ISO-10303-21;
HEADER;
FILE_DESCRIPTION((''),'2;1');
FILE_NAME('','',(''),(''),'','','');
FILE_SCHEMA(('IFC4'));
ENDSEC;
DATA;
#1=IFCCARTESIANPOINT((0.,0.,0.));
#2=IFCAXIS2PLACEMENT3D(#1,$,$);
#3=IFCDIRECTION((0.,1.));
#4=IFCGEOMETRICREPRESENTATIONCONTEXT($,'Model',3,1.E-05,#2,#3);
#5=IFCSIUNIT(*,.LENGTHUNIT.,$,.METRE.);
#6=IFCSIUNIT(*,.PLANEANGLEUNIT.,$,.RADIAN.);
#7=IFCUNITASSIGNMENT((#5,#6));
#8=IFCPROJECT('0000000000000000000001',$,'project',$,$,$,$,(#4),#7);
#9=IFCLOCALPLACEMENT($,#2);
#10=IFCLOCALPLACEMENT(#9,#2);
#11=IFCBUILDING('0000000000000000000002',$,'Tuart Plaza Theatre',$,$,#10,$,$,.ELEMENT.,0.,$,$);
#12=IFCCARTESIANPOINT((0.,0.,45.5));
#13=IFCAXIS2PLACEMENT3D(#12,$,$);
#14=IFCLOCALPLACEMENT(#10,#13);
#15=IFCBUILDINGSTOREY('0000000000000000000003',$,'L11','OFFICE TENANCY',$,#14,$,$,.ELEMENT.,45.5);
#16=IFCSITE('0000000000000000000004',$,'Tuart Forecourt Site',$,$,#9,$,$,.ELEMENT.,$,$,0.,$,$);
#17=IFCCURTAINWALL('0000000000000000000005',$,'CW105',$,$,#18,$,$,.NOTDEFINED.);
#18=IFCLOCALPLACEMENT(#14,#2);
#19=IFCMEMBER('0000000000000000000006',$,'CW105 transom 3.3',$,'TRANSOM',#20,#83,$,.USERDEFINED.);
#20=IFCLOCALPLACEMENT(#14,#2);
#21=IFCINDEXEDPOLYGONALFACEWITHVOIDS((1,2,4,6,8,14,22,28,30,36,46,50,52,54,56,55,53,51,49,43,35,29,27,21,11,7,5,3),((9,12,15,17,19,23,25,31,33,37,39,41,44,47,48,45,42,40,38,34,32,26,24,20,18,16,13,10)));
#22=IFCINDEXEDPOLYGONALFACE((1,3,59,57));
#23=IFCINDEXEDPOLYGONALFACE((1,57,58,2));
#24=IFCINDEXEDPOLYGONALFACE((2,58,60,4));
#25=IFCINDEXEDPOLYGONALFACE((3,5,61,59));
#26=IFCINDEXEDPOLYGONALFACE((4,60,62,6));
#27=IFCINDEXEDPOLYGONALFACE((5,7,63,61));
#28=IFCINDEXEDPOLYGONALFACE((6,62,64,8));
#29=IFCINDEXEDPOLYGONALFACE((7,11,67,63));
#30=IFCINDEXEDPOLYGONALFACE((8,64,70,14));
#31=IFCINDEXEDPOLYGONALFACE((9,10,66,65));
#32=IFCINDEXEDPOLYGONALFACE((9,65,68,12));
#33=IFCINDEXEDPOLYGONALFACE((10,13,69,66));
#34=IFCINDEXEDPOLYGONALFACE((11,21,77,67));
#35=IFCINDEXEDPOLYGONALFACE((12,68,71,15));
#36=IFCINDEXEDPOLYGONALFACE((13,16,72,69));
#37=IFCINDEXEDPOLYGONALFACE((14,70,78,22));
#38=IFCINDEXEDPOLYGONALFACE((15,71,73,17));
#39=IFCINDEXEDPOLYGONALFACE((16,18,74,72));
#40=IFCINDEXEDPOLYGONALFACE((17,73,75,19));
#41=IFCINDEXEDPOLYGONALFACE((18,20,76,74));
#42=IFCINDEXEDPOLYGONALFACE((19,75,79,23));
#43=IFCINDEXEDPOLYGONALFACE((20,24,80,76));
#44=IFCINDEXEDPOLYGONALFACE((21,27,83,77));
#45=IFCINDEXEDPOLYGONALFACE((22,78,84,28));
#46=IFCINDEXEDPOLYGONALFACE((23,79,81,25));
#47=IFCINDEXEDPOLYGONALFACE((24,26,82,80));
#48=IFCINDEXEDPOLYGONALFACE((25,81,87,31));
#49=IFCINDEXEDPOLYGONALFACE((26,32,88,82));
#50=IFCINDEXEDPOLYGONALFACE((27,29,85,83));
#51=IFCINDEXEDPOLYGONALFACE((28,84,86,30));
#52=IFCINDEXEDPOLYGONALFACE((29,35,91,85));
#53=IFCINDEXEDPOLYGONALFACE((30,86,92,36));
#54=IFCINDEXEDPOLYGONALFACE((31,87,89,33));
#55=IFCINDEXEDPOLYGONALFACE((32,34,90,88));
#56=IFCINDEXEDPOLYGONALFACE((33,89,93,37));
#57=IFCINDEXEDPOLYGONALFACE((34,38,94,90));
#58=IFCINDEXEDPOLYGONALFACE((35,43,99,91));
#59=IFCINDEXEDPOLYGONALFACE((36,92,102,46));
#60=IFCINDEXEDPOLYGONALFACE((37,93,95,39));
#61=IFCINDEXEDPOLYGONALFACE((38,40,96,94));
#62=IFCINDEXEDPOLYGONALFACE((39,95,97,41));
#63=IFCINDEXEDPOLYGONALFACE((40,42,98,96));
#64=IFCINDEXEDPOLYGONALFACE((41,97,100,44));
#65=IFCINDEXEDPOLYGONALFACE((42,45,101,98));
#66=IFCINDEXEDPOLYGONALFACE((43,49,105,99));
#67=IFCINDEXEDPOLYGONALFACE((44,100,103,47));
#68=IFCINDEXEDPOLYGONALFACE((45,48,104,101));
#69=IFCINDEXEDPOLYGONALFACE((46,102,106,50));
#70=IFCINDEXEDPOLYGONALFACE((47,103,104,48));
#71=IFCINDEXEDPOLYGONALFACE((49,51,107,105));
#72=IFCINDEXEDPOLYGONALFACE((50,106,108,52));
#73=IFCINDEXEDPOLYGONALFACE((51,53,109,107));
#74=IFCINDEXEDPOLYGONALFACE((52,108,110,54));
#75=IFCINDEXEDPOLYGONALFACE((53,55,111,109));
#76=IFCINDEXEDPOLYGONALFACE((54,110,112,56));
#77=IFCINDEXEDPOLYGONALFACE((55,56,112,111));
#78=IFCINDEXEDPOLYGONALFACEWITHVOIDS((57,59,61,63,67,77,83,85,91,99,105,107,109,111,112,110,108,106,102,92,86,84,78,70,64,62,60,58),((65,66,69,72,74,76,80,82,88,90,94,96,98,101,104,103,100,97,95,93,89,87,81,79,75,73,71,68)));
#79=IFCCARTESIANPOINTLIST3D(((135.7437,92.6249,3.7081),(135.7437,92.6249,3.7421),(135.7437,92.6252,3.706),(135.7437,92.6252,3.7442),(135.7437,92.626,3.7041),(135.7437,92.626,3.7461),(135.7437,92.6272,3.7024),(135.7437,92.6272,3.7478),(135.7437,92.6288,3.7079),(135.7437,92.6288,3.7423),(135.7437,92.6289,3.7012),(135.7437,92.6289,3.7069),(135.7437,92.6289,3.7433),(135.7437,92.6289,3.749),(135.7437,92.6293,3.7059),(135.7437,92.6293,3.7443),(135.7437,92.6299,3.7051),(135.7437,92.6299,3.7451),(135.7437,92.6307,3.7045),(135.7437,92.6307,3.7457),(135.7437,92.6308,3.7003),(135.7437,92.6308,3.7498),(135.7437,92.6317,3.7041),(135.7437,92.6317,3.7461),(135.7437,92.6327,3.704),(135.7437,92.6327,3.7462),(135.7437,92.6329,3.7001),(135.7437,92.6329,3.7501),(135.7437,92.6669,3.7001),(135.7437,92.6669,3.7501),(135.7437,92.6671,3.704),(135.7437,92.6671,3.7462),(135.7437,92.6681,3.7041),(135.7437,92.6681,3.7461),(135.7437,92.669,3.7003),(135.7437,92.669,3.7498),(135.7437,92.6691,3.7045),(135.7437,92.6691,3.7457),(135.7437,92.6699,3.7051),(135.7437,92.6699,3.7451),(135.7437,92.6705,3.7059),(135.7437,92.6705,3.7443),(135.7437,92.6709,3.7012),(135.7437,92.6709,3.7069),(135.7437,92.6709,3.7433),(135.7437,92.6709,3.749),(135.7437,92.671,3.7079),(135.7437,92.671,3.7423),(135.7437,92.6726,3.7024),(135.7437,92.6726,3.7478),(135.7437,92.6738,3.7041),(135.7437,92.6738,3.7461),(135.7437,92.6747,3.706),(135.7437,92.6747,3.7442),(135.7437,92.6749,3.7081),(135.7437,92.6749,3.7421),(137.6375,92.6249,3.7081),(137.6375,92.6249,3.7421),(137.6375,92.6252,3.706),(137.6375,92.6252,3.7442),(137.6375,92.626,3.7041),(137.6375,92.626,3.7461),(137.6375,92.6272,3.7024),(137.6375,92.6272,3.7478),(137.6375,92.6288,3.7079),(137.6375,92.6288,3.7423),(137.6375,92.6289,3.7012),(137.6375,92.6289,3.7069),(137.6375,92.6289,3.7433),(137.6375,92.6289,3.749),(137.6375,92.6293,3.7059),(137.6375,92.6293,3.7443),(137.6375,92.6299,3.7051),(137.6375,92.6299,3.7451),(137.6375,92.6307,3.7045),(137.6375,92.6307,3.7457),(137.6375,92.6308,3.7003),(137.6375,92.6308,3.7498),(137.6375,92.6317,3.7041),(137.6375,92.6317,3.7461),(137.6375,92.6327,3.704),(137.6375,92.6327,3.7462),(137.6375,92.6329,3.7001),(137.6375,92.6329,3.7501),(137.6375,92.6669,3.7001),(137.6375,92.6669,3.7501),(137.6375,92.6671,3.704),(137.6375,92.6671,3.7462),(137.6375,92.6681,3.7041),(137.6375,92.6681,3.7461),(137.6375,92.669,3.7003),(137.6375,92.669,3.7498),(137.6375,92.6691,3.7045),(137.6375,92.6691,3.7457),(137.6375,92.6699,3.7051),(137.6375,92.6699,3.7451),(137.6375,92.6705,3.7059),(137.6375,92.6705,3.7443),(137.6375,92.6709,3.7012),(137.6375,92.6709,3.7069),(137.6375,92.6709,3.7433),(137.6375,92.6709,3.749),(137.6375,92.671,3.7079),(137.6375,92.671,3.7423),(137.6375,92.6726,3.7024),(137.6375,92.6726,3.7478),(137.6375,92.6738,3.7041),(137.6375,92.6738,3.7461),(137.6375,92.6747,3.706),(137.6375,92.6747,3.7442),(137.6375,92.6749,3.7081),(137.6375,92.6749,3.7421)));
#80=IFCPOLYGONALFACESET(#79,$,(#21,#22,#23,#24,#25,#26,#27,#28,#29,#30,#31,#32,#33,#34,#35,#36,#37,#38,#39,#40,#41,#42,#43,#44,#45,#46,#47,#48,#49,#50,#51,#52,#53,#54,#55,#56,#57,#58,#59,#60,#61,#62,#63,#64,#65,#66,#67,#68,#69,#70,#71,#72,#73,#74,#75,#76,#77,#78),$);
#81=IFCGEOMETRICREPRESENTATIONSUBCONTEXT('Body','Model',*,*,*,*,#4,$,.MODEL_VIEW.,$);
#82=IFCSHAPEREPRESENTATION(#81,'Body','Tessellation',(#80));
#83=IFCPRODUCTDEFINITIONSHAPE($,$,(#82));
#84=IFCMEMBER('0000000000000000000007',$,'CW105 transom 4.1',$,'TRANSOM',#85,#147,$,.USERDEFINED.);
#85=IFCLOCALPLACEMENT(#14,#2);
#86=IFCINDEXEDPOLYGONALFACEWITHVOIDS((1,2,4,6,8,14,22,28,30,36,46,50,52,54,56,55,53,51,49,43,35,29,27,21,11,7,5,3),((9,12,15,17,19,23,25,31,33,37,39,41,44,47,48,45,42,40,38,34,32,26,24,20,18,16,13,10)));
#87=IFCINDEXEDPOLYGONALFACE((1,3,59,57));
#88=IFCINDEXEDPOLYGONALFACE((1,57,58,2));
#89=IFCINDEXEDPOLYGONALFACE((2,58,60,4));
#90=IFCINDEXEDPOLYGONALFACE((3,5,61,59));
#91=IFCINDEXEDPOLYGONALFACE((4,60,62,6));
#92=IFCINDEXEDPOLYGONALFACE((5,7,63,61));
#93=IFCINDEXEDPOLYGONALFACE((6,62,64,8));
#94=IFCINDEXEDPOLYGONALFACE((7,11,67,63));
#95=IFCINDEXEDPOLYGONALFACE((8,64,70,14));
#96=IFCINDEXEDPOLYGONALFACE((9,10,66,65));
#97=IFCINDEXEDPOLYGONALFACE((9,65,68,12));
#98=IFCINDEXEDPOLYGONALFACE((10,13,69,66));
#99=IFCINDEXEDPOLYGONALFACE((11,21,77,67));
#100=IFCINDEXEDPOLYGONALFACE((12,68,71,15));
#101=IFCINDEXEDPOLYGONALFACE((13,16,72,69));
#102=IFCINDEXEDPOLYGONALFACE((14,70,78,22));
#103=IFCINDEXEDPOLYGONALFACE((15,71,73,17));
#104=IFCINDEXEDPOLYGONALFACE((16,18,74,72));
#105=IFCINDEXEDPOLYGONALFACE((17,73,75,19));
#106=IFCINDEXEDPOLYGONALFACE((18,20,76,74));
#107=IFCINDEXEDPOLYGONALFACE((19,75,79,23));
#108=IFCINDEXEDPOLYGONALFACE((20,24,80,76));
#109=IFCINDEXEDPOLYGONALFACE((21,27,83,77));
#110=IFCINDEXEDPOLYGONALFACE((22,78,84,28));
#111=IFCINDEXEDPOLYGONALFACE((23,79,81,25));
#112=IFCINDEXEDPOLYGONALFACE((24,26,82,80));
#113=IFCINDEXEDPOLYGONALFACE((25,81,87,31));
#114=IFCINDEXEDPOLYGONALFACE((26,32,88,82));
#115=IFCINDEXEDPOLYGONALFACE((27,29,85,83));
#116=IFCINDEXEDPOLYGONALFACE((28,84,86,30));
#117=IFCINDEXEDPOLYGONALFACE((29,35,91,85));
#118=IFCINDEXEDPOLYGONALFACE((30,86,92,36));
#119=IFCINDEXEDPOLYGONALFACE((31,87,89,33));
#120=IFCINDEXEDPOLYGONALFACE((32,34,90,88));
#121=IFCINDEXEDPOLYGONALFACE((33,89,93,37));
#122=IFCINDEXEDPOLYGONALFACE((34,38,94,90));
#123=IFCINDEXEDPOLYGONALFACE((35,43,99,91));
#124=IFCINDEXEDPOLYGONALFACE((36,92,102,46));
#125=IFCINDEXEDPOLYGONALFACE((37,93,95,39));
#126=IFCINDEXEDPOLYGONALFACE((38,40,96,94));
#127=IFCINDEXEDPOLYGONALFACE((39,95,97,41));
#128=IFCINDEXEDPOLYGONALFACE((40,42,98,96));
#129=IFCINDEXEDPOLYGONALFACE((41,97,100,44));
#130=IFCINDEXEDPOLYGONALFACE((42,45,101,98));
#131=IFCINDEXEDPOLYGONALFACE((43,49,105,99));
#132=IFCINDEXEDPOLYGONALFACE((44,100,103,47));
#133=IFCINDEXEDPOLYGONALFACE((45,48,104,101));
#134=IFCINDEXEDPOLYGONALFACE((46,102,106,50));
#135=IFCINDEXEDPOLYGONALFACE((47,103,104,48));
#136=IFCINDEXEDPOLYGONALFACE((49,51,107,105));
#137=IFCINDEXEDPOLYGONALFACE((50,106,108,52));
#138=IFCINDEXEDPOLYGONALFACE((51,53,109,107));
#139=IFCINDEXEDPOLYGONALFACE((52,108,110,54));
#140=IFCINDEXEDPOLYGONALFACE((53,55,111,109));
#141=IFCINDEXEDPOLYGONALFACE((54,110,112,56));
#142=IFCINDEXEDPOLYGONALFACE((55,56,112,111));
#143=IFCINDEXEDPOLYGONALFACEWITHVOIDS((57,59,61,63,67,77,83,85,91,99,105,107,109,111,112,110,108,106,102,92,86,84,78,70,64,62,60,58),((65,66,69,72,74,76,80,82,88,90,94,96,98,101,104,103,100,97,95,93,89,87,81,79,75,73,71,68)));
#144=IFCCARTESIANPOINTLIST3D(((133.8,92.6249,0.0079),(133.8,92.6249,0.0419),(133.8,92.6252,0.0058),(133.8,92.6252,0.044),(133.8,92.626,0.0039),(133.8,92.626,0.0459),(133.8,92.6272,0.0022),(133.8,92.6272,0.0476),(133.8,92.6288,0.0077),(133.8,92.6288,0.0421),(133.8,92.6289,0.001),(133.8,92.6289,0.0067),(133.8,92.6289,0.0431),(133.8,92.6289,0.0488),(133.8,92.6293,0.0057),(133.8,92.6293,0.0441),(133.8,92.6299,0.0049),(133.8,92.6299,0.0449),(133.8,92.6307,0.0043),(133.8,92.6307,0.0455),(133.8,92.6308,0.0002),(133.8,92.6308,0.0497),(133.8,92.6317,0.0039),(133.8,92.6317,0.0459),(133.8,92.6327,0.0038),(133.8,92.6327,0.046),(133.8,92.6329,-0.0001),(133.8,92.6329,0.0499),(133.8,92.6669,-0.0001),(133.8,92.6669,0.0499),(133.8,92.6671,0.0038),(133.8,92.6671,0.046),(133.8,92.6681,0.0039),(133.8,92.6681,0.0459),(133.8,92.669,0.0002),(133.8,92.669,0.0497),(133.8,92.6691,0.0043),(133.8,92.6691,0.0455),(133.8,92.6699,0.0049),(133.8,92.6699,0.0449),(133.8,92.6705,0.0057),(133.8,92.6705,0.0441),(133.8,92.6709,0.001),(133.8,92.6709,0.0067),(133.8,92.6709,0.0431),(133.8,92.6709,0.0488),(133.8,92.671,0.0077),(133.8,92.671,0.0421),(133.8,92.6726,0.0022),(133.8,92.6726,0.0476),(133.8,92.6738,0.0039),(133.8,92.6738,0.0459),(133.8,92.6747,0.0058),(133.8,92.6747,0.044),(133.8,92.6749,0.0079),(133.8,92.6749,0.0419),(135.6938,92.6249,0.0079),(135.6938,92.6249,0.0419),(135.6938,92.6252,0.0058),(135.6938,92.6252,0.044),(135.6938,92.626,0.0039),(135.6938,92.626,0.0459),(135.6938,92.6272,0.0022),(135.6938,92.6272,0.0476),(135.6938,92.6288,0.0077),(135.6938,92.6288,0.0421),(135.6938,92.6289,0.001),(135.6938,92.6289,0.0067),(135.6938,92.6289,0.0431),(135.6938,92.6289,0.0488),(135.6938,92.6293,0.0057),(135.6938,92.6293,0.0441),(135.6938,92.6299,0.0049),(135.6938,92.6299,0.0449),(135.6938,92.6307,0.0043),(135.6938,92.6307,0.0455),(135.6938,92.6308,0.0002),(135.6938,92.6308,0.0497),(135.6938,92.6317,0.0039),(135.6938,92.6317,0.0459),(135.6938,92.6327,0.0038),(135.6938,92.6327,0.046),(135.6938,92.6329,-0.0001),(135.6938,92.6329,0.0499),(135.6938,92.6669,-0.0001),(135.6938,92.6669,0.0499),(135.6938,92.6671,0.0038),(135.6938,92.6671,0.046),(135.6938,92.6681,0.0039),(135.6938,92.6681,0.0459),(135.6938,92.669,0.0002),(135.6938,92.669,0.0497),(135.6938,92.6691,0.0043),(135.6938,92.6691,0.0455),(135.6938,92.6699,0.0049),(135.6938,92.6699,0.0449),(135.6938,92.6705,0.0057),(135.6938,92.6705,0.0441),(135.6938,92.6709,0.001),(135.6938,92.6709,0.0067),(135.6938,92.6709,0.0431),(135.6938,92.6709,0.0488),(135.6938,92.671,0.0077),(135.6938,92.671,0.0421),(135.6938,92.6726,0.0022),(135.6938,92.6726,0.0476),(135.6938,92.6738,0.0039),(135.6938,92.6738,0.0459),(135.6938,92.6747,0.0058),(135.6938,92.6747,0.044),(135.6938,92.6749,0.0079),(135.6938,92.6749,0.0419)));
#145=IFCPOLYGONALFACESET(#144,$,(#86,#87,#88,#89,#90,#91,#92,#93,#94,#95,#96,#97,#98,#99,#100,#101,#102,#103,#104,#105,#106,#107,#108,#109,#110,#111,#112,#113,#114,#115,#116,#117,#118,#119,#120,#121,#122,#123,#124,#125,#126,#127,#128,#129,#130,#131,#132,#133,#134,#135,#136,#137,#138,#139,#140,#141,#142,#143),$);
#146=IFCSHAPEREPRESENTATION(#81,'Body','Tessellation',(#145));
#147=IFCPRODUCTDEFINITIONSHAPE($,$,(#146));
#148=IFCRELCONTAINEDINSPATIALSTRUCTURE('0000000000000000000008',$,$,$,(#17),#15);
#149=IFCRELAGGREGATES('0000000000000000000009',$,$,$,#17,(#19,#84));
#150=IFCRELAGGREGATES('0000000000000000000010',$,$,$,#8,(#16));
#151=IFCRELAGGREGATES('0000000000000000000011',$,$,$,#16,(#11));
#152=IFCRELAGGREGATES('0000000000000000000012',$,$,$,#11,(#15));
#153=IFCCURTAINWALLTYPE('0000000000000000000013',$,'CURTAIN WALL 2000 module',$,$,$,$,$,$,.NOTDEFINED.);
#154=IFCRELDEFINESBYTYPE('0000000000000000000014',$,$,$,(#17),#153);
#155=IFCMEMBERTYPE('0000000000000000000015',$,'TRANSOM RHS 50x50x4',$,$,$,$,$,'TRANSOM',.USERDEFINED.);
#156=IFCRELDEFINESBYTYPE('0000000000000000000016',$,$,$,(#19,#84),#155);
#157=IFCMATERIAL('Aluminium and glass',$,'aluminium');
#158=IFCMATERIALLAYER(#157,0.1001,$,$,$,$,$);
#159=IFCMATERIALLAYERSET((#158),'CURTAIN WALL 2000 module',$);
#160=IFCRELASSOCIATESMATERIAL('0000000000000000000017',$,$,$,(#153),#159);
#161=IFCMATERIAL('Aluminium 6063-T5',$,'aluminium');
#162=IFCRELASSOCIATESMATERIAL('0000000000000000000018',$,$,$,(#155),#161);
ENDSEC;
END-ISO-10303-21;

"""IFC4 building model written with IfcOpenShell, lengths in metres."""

from ifc_helpers import new_model, si_unit, direction, frame, origin, origin_2d, place, context, subcontext, project, spatial, hollow_rectangle, extrude, material, layer, layer_set, material_profile, profile_set, type_object, element, aggregate, save


model = new_model("IFC4")

# Units and contexts
model_context = context("Model", 3, precision=1e-05, world=origin(), true_north=direction((0.0, 1.0)))
body_context = subcontext(model_context, "Body", "Model", "MODEL_VIEW")
ifc_project = project(units=[si_unit("LENGTHUNIT", "METRE"), si_unit("PLANEANGLEUNIT", "RADIAN")], contexts=[model_context])

# Site, building, storey
site_placement = place(None, origin())
site = spatial("IfcSite", under=ifc_project, at=site_placement, Name="Tuart Forecourt Site", CompositionType="ELEMENT", RefElevation=0.0)
building_placement = place(site_placement, origin())
building = spatial("IfcBuilding", under=site, at=building_placement, Name="Tuart Plaza Theatre", CompositionType="ELEMENT", ElevationOfRefHeight=0.0)
storey_placement = place(building_placement, frame((0.0, 0.0, 45.5)))
storey = spatial("IfcBuildingStorey", under=building, at=storey_placement, Name="L11", Description="OFFICE TENANCY", CompositionType="ELEMENT", Elevation=45.5)

# Curtain wall, members
ifc_material_1 = material(Name="Aluminium and glass", Category="aluminium")
ifc_layer_1 = layer(ifc_material_1, 0.1001)
ifc_layer_set_1 = layer_set([ifc_layer_1], Name="CURTAIN WALL 2000 module")
curtain_wall_type = type_object("IfcCurtainWallType", Name="CURTAIN WALL 2000 module", PredefinedType="NOTDEFINED", material=ifc_layer_set_1)
curtain_wall_placement = place(storey_placement, origin())
curtain_wall = element("IfcCurtainWall", 1, at=curtain_wall_placement, inside=storey, type_object=curtain_wall_type, Name="CW105", PredefinedType="NOTDEFINED")
ifc_material_2 = material(Name="Aluminium 6063-T5", Category="aluminium")
ifc_material_profile_1 = material_profile(ifc_material_2, hollow_rectangle(XDim=0.05, YDim=0.05, WallThickness=0.0039, InnerFilletRadius=0.0039, OuterFilletRadius=0.0081, at=origin_2d()), Name="RHS 50x50x4")
ifc_profile_set_1 = profile_set([ifc_material_profile_1], Name="Aluminium 6063-T5")
member_type_1 = type_object("IfcMemberType", Name="TRANSOM RHS 50x50x4", ElementType="TRANSOM", PredefinedType="USERDEFINED", material=ifc_profile_set_1)
member_1_placement = place(storey_placement, frame((137.6375, 92.6499, 3.7251), z_axis=(-1.0, 0.0, 0.0), x_axis=(0.0, -1.0, 0.0)))
member_1 = element("IfcMember", 2, at=member_1_placement, type_object=member_type_1, Name="CW105 transom 3.3", ObjectType="TRANSOM", PredefinedType="USERDEFINED", context=body_context, shape_type="SweptSolid", body=[
    extrude(hollow_rectangle(XDim=0.05, YDim=0.05, WallThickness=0.0039, InnerFilletRadius=0.0039, OuterFilletRadius=0.0081, at=origin_2d()), origin(), (0.0, 0.0, 1.0), 1.8938),
])
member_2_placement = place(storey_placement, frame((135.6938, 92.6499, 0.0249), z_axis=(-1.0, 0.0, 0.0), x_axis=(0.0, -1.0, 0.0)))
member_2 = element("IfcMember", 3, at=member_2_placement, type_object=member_type_1, Name="CW105 transom 4.1", ObjectType="TRANSOM", PredefinedType="USERDEFINED", context=body_context, shape_type="SweptSolid", body=[
    extrude(hollow_rectangle(XDim=0.05, YDim=0.05, WallThickness=0.0039, InnerFilletRadius=0.0039, OuterFilletRadius=0.0081, at=origin_2d()), origin(), (0.0, 0.0, 1.0), 1.8938),
])
aggregate(curtain_wall, [member_1, member_2])

save(model, "model.ifc")
